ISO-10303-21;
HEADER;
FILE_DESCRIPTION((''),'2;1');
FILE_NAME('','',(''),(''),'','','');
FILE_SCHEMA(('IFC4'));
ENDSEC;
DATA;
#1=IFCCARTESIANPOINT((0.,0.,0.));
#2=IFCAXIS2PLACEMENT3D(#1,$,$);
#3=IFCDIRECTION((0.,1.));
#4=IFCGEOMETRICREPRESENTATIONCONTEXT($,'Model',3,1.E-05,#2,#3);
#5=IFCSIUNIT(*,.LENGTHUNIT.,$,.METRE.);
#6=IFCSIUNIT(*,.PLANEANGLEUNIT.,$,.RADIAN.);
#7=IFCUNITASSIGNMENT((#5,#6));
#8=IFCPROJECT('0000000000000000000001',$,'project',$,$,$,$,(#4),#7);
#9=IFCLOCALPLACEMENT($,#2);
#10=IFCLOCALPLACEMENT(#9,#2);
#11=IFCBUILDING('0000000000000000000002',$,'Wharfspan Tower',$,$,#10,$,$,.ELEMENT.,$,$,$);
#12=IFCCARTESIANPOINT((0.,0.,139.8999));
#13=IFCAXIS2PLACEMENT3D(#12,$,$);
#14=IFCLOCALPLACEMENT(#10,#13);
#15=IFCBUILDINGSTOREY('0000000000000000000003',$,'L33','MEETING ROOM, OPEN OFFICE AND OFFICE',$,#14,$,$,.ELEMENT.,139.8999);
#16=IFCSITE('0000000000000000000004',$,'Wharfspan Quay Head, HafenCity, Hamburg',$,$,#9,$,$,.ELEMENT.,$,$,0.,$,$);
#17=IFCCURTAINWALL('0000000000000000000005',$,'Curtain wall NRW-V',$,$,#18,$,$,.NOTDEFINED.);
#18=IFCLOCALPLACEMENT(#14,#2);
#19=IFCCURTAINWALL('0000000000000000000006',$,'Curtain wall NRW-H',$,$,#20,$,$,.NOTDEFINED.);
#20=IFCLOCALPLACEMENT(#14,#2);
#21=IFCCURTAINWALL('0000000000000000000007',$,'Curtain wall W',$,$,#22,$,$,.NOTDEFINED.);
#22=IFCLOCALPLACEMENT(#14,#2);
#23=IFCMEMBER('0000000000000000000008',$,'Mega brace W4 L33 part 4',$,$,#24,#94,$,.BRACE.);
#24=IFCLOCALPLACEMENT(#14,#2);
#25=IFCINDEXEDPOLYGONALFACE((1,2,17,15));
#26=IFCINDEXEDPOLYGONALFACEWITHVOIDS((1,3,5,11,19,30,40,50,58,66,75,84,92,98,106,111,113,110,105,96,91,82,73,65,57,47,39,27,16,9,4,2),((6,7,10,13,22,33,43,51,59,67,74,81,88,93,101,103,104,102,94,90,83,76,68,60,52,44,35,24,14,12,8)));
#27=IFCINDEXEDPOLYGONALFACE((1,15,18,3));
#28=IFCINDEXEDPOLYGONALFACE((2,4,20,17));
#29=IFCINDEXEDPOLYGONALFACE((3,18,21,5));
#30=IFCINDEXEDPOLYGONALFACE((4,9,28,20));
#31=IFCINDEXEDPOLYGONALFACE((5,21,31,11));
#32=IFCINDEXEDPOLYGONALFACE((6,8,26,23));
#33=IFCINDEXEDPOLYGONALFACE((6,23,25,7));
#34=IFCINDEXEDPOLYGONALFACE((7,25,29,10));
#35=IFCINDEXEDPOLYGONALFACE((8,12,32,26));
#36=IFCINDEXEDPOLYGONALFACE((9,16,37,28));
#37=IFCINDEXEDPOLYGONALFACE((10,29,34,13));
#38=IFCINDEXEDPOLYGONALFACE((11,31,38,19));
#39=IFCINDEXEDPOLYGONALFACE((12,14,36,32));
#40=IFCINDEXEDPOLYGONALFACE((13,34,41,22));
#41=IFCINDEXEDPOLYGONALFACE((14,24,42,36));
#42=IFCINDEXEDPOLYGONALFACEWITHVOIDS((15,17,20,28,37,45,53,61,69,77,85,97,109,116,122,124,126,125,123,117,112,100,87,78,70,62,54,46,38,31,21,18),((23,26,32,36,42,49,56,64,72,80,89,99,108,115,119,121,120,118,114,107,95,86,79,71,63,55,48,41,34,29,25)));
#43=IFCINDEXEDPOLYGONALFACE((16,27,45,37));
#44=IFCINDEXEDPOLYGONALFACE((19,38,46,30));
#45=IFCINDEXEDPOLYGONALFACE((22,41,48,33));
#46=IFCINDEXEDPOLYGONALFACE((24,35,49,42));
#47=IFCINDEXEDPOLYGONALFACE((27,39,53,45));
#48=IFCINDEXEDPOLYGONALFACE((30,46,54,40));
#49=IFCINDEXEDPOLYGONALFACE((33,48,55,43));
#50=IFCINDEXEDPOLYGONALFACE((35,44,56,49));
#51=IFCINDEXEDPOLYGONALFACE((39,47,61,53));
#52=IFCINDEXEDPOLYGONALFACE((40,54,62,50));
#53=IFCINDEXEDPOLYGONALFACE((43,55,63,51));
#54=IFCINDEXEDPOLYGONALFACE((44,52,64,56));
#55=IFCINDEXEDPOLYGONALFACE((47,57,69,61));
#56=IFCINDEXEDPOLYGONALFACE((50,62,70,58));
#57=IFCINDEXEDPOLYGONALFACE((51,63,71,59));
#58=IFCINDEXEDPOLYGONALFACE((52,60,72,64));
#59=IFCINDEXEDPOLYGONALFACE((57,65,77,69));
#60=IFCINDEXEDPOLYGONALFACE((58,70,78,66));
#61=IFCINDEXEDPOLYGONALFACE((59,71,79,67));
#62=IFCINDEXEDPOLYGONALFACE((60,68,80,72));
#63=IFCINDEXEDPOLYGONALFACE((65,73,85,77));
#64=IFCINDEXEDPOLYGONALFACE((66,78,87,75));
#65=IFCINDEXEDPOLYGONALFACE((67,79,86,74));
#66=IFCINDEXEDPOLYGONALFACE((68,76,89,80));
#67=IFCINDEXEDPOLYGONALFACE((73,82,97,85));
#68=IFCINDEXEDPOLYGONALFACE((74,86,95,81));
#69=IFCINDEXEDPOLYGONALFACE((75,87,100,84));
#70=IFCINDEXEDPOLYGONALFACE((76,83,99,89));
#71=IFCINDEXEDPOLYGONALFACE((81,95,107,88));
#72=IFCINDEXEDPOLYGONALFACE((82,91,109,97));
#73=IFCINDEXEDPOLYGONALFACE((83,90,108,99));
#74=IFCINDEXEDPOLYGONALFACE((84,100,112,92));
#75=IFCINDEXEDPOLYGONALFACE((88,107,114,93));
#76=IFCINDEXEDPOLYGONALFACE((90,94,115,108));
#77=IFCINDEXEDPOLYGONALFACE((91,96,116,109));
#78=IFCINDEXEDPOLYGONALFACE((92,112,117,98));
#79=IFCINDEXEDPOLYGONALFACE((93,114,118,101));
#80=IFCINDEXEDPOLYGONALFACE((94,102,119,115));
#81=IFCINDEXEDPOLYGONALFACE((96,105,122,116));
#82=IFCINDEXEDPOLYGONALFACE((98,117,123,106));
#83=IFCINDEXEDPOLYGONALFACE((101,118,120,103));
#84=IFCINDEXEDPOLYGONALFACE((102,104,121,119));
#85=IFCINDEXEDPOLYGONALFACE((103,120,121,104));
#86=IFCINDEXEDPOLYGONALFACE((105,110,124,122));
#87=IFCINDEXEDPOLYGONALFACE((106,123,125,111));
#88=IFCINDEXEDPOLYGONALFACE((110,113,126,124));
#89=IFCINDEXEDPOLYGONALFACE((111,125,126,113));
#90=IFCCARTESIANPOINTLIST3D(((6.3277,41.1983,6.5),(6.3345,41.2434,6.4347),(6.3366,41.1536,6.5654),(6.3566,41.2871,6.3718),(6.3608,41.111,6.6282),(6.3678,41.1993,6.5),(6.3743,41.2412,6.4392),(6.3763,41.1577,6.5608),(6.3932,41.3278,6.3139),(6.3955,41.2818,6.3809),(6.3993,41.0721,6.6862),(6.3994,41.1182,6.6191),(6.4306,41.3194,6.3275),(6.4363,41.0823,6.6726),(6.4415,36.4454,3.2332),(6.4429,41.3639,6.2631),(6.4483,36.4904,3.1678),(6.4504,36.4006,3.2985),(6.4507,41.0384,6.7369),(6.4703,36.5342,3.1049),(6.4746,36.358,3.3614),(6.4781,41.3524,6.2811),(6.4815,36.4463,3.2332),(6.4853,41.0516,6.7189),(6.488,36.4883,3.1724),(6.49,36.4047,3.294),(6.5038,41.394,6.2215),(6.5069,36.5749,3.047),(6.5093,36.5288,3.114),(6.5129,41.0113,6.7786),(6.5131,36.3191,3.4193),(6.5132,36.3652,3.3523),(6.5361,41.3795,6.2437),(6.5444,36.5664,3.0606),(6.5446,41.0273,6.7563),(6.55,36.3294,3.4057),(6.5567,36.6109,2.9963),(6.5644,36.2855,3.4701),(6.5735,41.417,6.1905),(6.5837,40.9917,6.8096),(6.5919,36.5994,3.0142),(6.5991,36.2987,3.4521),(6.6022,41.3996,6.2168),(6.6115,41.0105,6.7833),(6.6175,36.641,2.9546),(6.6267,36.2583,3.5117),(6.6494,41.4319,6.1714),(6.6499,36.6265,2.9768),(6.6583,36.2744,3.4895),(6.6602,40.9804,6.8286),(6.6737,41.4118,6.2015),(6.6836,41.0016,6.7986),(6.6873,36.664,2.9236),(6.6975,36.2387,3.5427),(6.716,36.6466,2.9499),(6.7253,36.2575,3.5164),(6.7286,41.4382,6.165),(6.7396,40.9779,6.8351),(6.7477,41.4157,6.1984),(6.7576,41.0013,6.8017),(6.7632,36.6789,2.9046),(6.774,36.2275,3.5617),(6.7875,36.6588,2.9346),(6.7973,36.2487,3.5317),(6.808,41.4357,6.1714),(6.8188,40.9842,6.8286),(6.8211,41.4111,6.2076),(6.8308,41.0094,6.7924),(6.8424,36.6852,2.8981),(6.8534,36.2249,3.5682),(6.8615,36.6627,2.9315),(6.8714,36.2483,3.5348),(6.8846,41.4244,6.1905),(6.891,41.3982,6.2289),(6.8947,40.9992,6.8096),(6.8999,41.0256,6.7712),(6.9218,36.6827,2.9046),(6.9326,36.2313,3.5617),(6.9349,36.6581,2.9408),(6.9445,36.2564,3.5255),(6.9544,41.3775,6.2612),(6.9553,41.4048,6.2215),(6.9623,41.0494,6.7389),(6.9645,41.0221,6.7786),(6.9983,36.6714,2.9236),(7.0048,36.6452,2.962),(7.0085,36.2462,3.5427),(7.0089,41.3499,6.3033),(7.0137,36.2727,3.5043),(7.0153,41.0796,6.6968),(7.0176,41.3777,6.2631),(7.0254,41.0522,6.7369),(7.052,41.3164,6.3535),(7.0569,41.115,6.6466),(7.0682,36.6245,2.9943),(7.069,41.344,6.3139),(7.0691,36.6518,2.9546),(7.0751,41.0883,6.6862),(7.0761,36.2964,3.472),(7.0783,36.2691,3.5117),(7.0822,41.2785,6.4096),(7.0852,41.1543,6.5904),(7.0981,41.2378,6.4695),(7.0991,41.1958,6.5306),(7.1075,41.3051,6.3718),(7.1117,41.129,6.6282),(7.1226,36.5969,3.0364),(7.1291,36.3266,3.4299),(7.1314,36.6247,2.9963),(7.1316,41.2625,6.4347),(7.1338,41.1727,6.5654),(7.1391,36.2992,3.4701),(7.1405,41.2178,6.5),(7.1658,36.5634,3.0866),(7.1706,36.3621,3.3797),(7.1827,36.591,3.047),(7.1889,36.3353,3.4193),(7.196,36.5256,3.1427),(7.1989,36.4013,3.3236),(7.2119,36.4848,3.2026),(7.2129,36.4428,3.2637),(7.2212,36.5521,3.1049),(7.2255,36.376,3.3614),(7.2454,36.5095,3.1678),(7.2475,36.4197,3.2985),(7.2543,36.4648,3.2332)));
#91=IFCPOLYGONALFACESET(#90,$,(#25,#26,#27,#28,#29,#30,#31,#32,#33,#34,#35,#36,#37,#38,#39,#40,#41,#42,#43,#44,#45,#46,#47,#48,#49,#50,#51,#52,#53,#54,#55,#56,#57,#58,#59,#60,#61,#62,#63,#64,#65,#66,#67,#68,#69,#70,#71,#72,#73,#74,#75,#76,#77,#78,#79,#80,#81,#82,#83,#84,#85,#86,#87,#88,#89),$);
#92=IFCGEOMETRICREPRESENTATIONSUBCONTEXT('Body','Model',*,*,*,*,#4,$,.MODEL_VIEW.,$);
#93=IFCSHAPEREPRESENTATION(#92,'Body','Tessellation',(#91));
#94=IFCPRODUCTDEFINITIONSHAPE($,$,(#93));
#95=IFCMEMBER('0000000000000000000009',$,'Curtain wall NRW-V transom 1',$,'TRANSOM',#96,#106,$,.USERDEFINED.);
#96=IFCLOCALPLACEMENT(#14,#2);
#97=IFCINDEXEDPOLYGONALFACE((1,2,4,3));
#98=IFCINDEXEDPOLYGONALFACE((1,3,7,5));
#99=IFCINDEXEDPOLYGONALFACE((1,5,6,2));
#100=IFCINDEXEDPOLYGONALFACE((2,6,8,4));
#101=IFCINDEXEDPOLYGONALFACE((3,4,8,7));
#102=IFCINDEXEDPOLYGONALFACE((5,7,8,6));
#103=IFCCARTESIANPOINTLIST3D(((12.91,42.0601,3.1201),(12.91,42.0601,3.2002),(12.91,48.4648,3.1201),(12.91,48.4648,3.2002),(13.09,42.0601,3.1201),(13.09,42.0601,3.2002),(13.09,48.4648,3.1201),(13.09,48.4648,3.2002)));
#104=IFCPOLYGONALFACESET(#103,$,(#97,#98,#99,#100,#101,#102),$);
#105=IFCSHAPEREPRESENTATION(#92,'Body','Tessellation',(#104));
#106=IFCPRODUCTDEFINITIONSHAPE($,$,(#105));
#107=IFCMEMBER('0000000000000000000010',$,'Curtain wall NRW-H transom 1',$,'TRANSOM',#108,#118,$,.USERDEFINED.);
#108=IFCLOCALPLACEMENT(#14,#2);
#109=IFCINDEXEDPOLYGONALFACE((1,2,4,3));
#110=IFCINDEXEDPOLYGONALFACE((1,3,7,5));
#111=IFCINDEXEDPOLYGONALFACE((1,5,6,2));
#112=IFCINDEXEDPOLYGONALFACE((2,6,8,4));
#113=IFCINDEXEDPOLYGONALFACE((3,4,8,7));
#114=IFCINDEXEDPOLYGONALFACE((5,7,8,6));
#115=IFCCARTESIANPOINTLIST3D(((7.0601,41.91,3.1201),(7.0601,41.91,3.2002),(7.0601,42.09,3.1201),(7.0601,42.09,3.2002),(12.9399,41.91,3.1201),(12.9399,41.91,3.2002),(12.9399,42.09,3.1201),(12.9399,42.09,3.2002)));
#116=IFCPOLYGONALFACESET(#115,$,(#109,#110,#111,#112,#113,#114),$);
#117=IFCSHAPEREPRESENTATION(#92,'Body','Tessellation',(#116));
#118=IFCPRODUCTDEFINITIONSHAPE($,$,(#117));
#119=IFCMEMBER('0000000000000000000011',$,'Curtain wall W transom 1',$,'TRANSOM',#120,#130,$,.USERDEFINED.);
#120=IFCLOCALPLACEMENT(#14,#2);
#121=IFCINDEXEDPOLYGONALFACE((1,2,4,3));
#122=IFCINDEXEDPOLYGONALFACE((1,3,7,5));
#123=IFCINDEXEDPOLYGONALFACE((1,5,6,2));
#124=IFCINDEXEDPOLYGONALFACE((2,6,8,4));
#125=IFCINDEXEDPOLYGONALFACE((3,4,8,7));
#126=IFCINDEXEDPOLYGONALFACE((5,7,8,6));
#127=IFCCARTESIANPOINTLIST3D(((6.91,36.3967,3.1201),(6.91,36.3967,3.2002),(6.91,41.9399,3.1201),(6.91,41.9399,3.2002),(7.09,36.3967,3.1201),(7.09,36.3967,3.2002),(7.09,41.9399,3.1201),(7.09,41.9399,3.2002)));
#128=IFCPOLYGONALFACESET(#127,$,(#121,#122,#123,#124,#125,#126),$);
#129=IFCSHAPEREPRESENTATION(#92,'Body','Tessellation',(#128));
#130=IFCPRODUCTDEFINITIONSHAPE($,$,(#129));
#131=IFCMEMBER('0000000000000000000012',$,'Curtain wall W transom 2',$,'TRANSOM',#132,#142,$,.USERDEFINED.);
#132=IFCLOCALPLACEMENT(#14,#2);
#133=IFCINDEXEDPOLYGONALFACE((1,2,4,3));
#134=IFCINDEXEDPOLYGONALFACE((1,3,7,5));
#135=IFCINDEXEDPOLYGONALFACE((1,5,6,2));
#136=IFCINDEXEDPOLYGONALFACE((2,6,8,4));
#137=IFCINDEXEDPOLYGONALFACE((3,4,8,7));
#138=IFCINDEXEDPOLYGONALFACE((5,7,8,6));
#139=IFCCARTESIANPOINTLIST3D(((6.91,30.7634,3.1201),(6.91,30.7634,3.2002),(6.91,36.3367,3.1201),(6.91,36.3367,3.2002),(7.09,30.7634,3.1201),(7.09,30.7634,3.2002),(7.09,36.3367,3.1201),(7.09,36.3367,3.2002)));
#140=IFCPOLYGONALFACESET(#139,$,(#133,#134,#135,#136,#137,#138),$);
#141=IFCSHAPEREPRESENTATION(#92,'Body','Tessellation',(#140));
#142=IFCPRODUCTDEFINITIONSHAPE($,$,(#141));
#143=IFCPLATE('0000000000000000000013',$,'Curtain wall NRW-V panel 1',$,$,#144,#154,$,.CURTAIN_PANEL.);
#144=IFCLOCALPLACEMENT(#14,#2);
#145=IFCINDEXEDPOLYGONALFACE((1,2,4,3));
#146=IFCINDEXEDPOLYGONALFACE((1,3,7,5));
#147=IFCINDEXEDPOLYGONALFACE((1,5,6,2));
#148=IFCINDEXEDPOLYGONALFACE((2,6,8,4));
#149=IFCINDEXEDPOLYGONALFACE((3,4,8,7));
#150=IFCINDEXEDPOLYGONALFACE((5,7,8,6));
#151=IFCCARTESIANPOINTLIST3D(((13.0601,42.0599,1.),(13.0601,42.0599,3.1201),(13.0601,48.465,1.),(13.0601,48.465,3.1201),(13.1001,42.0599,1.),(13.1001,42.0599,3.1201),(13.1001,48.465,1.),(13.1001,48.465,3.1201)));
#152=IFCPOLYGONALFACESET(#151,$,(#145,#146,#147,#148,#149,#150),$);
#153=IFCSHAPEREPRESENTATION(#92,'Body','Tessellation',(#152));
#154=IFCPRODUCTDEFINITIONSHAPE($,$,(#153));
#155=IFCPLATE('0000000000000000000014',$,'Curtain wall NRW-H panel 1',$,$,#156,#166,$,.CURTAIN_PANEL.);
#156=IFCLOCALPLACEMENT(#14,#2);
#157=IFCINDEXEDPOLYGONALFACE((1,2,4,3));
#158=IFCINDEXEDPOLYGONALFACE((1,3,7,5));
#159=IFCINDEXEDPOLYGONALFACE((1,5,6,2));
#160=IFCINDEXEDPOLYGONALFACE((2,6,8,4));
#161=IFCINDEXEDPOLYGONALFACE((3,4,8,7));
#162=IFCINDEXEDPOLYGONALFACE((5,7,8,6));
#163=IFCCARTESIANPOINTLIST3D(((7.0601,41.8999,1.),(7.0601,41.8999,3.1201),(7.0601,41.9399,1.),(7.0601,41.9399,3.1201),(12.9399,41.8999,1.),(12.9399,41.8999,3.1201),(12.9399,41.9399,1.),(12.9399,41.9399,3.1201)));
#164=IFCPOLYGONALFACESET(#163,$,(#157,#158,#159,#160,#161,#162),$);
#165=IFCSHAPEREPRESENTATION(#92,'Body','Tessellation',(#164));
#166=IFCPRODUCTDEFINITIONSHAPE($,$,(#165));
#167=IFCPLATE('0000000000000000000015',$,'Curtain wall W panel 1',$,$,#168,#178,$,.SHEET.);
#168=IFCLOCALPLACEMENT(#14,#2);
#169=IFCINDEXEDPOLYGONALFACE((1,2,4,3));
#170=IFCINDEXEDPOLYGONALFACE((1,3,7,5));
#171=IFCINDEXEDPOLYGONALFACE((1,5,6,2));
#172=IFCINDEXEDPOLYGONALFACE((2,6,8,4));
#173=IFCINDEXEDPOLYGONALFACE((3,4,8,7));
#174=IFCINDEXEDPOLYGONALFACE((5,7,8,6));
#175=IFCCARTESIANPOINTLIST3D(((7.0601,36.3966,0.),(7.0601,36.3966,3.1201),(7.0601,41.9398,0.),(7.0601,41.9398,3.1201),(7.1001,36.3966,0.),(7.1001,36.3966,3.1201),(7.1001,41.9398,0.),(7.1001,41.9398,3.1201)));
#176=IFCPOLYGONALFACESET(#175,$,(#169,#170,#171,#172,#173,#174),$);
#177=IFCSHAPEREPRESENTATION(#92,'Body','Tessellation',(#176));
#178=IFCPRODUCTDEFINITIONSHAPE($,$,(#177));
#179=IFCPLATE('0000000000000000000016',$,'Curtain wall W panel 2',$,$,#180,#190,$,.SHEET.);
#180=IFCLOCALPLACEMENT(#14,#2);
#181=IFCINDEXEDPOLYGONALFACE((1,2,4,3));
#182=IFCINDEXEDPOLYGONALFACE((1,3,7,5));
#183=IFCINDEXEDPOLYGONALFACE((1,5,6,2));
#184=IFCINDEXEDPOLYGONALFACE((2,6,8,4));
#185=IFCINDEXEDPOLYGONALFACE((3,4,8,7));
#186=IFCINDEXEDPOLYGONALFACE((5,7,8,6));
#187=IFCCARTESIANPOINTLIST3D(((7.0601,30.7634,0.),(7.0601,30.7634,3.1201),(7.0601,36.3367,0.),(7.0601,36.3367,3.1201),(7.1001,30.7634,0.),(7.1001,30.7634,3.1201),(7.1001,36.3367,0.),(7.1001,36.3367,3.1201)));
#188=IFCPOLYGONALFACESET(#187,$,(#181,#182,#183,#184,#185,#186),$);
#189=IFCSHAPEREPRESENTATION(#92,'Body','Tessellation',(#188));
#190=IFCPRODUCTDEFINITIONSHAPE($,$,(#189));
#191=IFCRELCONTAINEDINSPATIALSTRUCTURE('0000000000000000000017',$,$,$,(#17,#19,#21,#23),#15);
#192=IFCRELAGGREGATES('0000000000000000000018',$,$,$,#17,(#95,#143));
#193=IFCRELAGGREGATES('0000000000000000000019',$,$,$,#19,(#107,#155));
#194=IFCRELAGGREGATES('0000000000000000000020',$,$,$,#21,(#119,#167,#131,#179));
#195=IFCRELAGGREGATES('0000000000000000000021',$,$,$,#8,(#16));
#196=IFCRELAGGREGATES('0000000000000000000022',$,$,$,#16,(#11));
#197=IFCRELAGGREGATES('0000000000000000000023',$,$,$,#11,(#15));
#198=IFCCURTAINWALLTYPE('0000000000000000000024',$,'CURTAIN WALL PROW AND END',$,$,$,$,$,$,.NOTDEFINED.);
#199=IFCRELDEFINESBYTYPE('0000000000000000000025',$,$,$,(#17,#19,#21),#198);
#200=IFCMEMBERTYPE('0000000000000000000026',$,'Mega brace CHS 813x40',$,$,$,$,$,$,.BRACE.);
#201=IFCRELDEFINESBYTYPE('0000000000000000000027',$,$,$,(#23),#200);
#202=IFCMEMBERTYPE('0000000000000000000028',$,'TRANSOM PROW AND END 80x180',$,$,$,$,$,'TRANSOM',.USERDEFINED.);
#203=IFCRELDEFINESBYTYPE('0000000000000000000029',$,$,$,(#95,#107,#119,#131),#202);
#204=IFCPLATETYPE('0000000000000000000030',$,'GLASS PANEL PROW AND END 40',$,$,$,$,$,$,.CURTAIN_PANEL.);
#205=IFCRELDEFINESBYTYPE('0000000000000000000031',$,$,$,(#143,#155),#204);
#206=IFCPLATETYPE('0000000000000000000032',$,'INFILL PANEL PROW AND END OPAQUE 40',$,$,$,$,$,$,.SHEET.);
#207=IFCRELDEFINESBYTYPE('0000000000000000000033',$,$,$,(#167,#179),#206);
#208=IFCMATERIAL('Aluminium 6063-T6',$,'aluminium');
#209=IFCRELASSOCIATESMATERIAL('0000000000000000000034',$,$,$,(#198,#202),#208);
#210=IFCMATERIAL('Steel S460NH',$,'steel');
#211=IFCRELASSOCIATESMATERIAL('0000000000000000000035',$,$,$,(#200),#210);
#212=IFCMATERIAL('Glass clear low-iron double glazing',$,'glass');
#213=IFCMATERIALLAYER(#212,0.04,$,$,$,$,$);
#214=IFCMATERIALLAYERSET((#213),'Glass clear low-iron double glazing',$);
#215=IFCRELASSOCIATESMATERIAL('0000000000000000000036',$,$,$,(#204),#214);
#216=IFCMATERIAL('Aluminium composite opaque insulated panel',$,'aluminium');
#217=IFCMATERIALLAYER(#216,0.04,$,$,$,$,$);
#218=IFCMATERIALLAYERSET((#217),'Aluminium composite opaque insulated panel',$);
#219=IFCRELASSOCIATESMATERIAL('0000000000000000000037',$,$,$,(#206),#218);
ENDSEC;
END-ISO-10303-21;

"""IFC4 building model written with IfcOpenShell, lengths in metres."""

from ifc_helpers import new_model, si_unit, direction, frame, origin, origin_2d, place, context, subcontext, project, spatial, rectangle, hollow_circle, extrude, material, layer, layer_set, material_profile, profile_set, type_object, element, aggregate, save


model = new_model("IFC4")

# Units and contexts
model_context = context("Model", 3, precision=1e-05, world=origin(), true_north=direction((0.0, 1.0)))
body_context = subcontext(model_context, "Body", "Model", "MODEL_VIEW")
ifc_project = project(units=[si_unit("LENGTHUNIT", "METRE"), si_unit("PLANEANGLEUNIT", "RADIAN")], contexts=[model_context])

# Site, building, storey
site_placement = place(None, origin())
site = spatial("IfcSite", under=ifc_project, at=site_placement, Name="Wharfspan Quay Head, HafenCity, Hamburg", CompositionType="ELEMENT", RefElevation=0.0)
building_placement = place(site_placement, origin())
building = spatial("IfcBuilding", under=site, at=building_placement, Name="Wharfspan Tower", CompositionType="ELEMENT")
storey_placement = place(building_placement, frame((0.0, 0.0, 139.8999)))
storey = spatial("IfcBuildingStorey", under=building, at=storey_placement, Name="L33", Description="MEETING ROOM, OPEN OFFICE AND OFFICE", CompositionType="ELEMENT", Elevation=139.8999)

# Curtain walls
ifc_material_1 = material(Name="Aluminium 6063-T6", Category="aluminium")
curtain_wall_type = type_object("IfcCurtainWallType", Name="CURTAIN WALL PROW AND END", PredefinedType="NOTDEFINED", material=ifc_material_1)
curtain_wall_1_placement = place(storey_placement, origin())
curtain_wall_1 = element("IfcCurtainWall", 1, at=curtain_wall_1_placement, inside=storey, type_object=curtain_wall_type, Name="Curtain wall NRW-V", PredefinedType="NOTDEFINED")
curtain_wall_2_placement = place(storey_placement, origin())
curtain_wall_2 = element("IfcCurtainWall", 2, at=curtain_wall_2_placement, inside=storey, type_object=curtain_wall_type, Name="Curtain wall NRW-H", PredefinedType="NOTDEFINED")
curtain_wall_3_placement = place(storey_placement, origin())
curtain_wall_3 = element("IfcCurtainWall", 3, at=curtain_wall_3_placement, inside=storey, type_object=curtain_wall_type, Name="Curtain wall W", PredefinedType="NOTDEFINED")

# Member
ifc_material_2 = material(Name="Steel S460NH", Category="steel")
ifc_material_profile_1 = material_profile(ifc_material_2, hollow_circle(Radius=0.4065, WallThickness=0.04, at=origin_2d()))
ifc_profile_set_1 = profile_set([ifc_material_profile_1], Name="Steel S460NH")
member_type_1 = type_object("IfcMemberType", Name="Mega brace CHS 813x40", PredefinedType="BRACE", material=ifc_profile_set_1)
member_1_placement = place(storey_placement, frame((6.8479, 36.4551, 3.2332), z_axis=(-0.019723, 0.823946, 0.566325), x_axis=(-0.999713, -0.023929, -0.000002)))
element("IfcMember", 4, at=member_1_placement, inside=storey, type_object=member_type_1, Name="Mega brace W4 L33 part 4", PredefinedType="BRACE", context=body_context, shape_type="SweptSolid", body=[
    extrude(hollow_circle(Radius=0.4065, WallThickness=0.04, at=origin_2d()), origin(), (0.0, 0.0, 1.0), 5.7686),
])

# Members
ifc_material_profile_2 = material_profile(ifc_material_1, rectangle(XDim=0.1799, YDim=0.0801, at=origin_2d()))
ifc_profile_set_2 = profile_set([ifc_material_profile_2], Name="Aluminium 6063-T6")
member_type_2 = type_object("IfcMemberType", Name="TRANSOM PROW AND END 80x180", ElementType="TRANSOM", PredefinedType="USERDEFINED", material=ifc_profile_set_2)
member_2_placement = place(storey_placement, frame((13.0, 48.4648, 3.1602), z_axis=(0.0, -1.0, 0.0), x_axis=(1.0, 0.0, 0.0)))
member_2 = element("IfcMember", 5, at=member_2_placement, type_object=member_type_2, Name="Curtain wall NRW-V transom 1", ObjectType="TRANSOM", PredefinedType="USERDEFINED", context=body_context, shape_type="SweptSolid", body=[
    extrude(rectangle(XDim=0.1799, YDim=0.0801, at=origin_2d()), origin(), (0.0, 0.0, 1.0), 6.4048),
])
member_3_placement = place(storey_placement, frame((12.9399, 42.0, 3.1602), z_axis=(-1.0, 0.0, 0.0), x_axis=(0.0, -1.0, 0.0)))
member_3 = element("IfcMember", 6, at=member_3_placement, type_object=member_type_2, Name="Curtain wall NRW-H transom 1", ObjectType="TRANSOM", PredefinedType="USERDEFINED", context=body_context, shape_type="SweptSolid", body=[
    extrude(rectangle(XDim=0.1799, YDim=0.0801, at=origin_2d()), origin(), (0.0, 0.0, 1.0), 5.8799),
])
member_4_placement = place(storey_placement, frame((7.0, 41.9399, 3.1602), z_axis=(0.0, -1.0, 0.0), x_axis=(1.0, 0.0, 0.0)))
member_4 = element("IfcMember", 7, at=member_4_placement, type_object=member_type_2, Name="Curtain wall W transom 1", ObjectType="TRANSOM", PredefinedType="USERDEFINED", context=body_context, shape_type="SweptSolid", body=[
    extrude(rectangle(XDim=0.1799, YDim=0.0801, at=origin_2d()), origin(), (0.0, 0.0, 1.0), 5.5432),
])
member_5_placement = place(storey_placement, frame((7.0, 36.3367, 3.1602), z_axis=(0.0, -1.0, 0.0), x_axis=(1.0, 0.0, 0.0)))
member_5 = element("IfcMember", 8, at=member_5_placement, type_object=member_type_2, Name="Curtain wall W transom 2", ObjectType="TRANSOM", PredefinedType="USERDEFINED", context=body_context, shape_type="SweptSolid", body=[
    extrude(rectangle(XDim=0.1799, YDim=0.0801, at=origin_2d()), origin(), (0.0, 0.0, 1.0), 5.5732),
])

# Plates
ifc_material_3 = material(Name="Glass clear low-iron double glazing", Category="glass")
ifc_layer_1 = layer(ifc_material_3, 0.04)
ifc_layer_set_1 = layer_set([ifc_layer_1], Name="Glass clear low-iron double glazing")
plate_type_1 = type_object("IfcPlateType", Name="GLASS PANEL PROW AND END 40", PredefinedType="CURTAIN_PANEL", material=ifc_layer_set_1)
plate_1_placement = place(storey_placement, frame((13.0801, 45.2625, 1.0), z_axis=(0.0, 0.0, 1.0), x_axis=(0.0, -1.0, 0.0)))
plate_1 = element("IfcPlate", 9, at=plate_1_placement, type_object=plate_type_1, Name="Curtain wall NRW-V panel 1", PredefinedType="CURTAIN_PANEL", context=body_context, shape_type="SweptSolid", body=[
    extrude(rectangle(XDim=6.405, YDim=0.04, at=origin_2d()), origin(), (0.0, 0.0, 1.0), 2.1201),
])
aggregate(curtain_wall_1, [member_2, plate_1])
plate_2_placement = place(storey_placement, frame((10.0, 41.9199, 1.0), z_axis=(0.0, 0.0, 1.0), x_axis=(-1.0, 0.0, 0.0)))
plate_2 = element("IfcPlate", 10, at=plate_2_placement, type_object=plate_type_1, Name="Curtain wall NRW-H panel 1", PredefinedType="CURTAIN_PANEL", context=body_context, shape_type="SweptSolid", body=[
    extrude(rectangle(XDim=5.8799, YDim=0.04, at=origin_2d()), origin(), (0.0, 0.0, 1.0), 2.1201),
])
aggregate(curtain_wall_2, [member_3, plate_2])
ifc_material_4 = material(Name="Aluminium composite opaque insulated panel", Category="aluminium")
ifc_layer_2 = layer(ifc_material_4, 0.04)
ifc_layer_set_2 = layer_set([ifc_layer_2], Name="Aluminium composite opaque insulated panel")
plate_type_2 = type_object("IfcPlateType", Name="INFILL PANEL PROW AND END OPAQUE 40", PredefinedType="SHEET", material=ifc_layer_set_2)
plate_3_placement = place(storey_placement, frame((7.0801, 39.1682, 0.0), z_axis=(0.0, 0.0, 1.0), x_axis=(0.0, -1.0, 0.0)))
plate_3 = element("IfcPlate", 11, at=plate_3_placement, type_object=plate_type_2, Name="Curtain wall W panel 1", PredefinedType="SHEET", context=body_context, shape_type="SweptSolid", body=[
    extrude(rectangle(XDim=5.5432, YDim=0.04, at=origin_2d()), origin(), (0.0, 0.0, 1.0), 3.1201),
])
plate_4_placement = place(storey_placement, frame((7.0801, 33.55, 0.0), z_axis=(0.0, 0.0, 1.0), x_axis=(0.0, -1.0, 0.0)))
plate_4 = element("IfcPlate", 12, at=plate_4_placement, type_object=plate_type_2, Name="Curtain wall W panel 2", PredefinedType="SHEET", context=body_context, shape_type="SweptSolid", body=[
    extrude(rectangle(XDim=5.5732, YDim=0.04, at=origin_2d()), origin(), (0.0, 0.0, 1.0), 3.1201),
])
aggregate(curtain_wall_3, [member_4, plate_3, member_5, plate_4])

save(model, "model.ifc")
